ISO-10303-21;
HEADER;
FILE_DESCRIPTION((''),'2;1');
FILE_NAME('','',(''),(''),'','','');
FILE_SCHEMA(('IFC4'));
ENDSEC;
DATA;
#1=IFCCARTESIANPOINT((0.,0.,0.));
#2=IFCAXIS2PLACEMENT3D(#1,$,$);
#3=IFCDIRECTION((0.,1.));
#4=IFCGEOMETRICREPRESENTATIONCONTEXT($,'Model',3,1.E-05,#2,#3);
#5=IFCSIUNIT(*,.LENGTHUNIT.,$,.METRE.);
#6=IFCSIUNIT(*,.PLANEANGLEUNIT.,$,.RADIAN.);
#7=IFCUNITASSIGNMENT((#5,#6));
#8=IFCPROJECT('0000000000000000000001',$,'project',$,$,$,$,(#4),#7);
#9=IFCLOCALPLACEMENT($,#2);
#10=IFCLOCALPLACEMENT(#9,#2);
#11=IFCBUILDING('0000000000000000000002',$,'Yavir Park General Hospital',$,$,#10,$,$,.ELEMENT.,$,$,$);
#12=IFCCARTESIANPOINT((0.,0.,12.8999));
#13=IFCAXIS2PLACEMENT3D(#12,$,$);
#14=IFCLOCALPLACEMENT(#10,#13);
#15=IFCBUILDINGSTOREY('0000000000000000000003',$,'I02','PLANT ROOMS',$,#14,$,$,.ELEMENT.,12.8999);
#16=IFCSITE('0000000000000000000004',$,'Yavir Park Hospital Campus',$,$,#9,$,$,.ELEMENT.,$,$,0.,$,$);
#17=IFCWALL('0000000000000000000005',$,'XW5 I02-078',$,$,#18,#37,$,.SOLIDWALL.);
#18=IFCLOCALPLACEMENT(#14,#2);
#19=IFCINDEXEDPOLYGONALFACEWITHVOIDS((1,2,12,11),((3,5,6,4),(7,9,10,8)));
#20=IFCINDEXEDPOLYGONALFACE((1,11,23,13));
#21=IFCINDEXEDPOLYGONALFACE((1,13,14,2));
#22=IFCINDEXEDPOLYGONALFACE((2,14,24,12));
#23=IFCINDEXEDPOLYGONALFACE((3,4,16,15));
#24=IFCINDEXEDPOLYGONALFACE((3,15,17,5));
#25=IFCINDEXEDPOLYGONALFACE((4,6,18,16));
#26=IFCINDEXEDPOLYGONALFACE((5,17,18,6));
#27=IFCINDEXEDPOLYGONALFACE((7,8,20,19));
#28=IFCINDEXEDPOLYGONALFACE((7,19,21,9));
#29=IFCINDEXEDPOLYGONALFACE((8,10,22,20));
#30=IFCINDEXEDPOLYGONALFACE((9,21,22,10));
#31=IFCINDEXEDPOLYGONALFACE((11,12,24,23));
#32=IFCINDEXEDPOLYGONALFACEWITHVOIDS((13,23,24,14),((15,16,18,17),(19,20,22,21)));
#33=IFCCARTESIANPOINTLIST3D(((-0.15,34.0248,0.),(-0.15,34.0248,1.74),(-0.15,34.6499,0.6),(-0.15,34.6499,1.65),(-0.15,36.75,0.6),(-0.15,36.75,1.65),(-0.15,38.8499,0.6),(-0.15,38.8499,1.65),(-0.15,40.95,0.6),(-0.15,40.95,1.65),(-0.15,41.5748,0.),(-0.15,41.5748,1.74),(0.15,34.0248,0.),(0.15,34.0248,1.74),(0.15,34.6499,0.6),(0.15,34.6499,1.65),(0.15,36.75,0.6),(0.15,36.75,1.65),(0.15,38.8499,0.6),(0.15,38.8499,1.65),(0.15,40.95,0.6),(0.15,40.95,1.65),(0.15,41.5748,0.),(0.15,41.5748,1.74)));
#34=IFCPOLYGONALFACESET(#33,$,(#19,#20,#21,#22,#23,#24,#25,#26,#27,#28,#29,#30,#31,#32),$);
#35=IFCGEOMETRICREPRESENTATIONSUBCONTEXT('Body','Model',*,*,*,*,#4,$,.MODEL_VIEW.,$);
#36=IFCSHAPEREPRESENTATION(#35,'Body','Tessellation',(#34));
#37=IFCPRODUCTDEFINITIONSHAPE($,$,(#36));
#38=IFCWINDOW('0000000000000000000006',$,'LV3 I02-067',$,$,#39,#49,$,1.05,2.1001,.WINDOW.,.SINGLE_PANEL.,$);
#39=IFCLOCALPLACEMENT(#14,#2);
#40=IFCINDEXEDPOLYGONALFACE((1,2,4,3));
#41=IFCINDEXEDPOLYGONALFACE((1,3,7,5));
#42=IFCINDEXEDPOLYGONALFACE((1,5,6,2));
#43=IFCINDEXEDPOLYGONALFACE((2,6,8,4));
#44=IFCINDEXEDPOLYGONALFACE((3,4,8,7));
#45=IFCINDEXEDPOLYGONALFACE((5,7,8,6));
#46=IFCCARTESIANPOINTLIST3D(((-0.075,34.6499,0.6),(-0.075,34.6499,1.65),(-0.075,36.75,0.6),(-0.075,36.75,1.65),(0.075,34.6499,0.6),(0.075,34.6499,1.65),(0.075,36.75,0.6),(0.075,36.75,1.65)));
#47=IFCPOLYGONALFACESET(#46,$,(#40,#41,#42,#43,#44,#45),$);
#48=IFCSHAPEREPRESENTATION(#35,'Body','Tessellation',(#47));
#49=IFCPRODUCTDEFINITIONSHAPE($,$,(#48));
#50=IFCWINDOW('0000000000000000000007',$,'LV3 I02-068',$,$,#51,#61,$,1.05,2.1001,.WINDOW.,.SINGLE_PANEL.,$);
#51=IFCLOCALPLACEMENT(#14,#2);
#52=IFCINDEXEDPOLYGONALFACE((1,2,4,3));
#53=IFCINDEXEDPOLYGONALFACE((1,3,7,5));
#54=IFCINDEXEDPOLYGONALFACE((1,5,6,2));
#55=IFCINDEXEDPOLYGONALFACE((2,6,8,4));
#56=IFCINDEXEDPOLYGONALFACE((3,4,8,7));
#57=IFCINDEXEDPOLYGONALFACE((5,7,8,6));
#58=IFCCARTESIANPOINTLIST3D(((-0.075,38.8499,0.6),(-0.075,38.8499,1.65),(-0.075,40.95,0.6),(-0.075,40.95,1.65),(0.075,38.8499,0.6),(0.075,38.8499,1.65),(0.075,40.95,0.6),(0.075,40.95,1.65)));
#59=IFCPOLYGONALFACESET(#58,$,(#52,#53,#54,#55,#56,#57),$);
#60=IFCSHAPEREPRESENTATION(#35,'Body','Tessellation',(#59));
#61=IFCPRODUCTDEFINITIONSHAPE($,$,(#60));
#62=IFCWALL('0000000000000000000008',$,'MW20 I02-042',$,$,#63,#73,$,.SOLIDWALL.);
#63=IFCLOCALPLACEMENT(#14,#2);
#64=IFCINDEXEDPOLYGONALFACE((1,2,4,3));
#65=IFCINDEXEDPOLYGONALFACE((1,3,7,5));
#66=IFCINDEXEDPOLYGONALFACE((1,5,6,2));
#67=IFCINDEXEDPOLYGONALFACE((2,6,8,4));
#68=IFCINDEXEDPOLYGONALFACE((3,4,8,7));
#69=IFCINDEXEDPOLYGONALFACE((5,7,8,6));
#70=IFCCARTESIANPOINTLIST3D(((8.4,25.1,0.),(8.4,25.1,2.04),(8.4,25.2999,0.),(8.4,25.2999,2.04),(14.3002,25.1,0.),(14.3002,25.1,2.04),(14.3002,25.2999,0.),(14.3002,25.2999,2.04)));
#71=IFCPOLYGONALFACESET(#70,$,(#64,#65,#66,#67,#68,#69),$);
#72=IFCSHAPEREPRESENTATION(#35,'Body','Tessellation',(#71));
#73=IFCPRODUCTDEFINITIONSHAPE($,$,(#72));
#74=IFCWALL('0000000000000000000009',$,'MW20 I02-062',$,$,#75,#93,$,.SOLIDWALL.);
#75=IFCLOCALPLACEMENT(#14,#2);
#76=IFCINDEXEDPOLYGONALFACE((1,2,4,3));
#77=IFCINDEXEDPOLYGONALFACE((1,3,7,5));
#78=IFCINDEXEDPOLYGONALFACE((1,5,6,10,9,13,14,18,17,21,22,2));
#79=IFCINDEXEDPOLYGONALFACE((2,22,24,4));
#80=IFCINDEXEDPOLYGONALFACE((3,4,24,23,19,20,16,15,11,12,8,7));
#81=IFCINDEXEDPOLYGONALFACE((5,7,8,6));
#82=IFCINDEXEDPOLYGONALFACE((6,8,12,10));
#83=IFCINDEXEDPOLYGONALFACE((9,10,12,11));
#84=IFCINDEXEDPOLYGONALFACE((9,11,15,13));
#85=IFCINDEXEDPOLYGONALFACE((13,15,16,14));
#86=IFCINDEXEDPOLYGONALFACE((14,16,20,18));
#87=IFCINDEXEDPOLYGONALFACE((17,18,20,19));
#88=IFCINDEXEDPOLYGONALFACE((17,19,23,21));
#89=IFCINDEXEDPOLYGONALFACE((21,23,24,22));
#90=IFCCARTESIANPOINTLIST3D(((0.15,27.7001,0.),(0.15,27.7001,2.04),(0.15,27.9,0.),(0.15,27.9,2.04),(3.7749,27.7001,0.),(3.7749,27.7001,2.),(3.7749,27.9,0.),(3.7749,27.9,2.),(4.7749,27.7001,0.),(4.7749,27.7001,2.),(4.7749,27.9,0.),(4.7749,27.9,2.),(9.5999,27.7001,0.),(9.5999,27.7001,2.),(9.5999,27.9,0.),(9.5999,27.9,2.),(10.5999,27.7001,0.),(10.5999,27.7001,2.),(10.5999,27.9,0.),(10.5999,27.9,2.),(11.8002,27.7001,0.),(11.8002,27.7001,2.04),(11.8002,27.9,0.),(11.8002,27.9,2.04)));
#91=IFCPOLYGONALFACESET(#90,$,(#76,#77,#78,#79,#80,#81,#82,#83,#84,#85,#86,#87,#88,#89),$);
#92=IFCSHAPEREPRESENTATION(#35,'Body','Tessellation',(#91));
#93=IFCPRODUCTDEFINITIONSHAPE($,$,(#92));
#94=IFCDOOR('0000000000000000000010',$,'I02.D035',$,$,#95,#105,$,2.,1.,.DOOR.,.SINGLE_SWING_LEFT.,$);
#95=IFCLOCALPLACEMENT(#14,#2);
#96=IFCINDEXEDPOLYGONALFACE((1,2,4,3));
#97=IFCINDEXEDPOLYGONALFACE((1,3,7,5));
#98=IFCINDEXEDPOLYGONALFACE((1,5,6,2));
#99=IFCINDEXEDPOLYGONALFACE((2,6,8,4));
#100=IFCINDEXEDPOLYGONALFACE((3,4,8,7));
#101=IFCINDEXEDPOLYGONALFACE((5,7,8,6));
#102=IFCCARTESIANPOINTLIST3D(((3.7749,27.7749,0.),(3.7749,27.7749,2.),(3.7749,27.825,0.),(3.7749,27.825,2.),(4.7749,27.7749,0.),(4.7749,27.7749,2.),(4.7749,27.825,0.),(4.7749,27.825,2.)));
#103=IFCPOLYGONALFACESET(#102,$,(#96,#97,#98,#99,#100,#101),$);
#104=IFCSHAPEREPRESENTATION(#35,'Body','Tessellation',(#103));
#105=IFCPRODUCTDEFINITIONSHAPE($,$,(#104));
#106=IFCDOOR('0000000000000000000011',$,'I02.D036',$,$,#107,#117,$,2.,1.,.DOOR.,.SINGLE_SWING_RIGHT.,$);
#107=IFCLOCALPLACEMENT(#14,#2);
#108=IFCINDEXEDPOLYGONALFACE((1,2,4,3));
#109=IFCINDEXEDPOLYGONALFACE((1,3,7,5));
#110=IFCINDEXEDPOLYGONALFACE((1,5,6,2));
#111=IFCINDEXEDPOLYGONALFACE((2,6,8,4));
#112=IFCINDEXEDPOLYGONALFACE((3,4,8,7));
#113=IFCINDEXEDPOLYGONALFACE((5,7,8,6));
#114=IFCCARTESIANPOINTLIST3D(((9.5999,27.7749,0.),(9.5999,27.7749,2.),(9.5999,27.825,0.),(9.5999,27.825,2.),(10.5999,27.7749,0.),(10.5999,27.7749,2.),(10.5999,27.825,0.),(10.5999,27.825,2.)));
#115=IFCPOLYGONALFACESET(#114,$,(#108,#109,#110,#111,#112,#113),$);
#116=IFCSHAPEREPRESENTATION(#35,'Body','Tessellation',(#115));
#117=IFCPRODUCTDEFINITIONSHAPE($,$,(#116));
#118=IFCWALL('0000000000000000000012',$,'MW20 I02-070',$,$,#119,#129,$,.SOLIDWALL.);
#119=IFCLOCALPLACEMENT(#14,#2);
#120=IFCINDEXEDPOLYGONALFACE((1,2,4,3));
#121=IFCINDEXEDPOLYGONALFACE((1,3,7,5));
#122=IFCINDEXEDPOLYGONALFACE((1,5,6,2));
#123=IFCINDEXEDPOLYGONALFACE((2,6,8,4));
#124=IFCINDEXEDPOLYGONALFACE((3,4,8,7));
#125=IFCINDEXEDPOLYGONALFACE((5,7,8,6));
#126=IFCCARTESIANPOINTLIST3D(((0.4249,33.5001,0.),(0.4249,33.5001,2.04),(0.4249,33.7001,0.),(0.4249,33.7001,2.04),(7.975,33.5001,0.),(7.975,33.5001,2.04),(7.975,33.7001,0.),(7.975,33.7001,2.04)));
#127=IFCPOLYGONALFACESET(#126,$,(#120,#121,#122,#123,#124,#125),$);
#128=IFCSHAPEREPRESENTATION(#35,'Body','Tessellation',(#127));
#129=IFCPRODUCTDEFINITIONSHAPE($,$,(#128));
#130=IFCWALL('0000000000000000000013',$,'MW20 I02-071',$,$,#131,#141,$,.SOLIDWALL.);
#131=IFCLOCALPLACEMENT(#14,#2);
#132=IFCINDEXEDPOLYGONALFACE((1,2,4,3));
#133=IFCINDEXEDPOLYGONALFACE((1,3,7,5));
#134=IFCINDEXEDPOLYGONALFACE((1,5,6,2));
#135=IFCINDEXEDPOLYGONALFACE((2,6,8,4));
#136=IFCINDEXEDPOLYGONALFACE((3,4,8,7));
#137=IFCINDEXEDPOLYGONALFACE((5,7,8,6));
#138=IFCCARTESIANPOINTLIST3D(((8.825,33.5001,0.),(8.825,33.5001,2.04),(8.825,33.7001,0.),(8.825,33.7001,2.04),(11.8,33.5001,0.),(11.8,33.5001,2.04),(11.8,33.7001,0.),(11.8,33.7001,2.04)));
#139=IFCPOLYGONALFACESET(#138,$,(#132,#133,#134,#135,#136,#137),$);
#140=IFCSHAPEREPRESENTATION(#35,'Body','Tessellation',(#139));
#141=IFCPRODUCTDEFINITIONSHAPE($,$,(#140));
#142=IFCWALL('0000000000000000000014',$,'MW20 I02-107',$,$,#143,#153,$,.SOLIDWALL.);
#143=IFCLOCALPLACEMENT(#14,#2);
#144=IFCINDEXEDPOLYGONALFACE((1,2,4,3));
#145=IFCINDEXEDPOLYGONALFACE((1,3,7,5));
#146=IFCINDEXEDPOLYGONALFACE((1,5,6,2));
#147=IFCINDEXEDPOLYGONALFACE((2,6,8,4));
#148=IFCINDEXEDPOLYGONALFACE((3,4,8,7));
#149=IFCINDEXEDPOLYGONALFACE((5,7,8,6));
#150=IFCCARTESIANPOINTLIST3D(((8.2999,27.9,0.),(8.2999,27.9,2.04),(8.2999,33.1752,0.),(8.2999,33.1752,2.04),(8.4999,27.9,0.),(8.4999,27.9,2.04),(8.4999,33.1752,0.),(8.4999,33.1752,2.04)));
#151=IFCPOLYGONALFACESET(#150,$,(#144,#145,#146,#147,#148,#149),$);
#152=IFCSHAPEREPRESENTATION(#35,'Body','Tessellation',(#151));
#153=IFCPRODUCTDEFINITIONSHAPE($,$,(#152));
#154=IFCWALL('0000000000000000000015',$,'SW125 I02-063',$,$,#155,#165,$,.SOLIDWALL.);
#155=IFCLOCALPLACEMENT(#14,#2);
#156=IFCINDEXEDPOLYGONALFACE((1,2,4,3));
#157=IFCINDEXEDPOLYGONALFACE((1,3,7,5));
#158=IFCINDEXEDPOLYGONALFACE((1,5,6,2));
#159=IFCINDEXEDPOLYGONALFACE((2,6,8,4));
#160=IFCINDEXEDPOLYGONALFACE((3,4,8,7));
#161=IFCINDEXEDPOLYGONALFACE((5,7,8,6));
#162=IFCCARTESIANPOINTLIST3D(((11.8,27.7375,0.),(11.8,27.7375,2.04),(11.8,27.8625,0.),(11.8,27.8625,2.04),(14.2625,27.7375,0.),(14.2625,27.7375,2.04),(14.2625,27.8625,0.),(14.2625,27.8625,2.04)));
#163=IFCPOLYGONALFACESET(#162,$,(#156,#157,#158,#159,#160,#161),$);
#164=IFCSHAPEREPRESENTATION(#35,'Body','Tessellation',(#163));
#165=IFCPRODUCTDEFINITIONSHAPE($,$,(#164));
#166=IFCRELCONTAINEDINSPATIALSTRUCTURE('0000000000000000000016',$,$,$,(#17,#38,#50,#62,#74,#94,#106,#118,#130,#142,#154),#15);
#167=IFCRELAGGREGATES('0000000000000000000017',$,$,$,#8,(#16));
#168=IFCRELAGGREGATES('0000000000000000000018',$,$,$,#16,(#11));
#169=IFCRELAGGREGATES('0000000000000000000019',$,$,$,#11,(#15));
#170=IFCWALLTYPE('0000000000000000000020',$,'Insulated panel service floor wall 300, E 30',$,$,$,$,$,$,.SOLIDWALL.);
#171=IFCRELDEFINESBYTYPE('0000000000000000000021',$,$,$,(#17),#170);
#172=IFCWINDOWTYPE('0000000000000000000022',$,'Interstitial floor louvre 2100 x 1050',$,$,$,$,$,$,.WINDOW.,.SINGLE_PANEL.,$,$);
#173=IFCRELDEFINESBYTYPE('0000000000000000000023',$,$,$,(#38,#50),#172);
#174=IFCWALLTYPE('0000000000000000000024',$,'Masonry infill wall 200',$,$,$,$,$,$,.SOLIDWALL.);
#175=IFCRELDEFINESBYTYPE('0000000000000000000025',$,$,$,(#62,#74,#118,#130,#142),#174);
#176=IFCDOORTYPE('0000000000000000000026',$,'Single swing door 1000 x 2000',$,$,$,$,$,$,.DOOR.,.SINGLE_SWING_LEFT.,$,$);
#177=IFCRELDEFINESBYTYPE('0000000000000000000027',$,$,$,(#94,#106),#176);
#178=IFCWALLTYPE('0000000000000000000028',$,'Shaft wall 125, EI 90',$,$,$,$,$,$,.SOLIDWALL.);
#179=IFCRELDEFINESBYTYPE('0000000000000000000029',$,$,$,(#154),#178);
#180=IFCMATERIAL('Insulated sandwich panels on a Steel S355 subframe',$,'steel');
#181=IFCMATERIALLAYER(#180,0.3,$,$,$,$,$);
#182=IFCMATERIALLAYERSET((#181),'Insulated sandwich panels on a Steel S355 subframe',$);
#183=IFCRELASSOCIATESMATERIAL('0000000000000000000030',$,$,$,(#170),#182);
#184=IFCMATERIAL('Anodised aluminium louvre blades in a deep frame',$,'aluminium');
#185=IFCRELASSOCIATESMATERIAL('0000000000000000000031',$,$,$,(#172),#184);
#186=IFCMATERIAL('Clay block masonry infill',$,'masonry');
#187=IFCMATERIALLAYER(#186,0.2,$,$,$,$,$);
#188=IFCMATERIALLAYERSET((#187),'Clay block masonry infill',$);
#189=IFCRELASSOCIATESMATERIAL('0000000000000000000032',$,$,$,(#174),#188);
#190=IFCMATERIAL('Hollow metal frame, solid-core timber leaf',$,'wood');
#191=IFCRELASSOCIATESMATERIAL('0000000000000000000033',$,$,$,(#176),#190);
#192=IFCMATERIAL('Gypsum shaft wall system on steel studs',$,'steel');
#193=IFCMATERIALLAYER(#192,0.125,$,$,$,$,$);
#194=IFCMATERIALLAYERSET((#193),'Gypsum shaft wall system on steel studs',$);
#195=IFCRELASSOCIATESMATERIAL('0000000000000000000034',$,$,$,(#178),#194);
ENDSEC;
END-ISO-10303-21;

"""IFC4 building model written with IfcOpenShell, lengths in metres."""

from ifc_helpers import new_model, si_unit, direction, frame, frame_2d, origin, place, context, subcontext, project, spatial, rectangle, extrude, material, layer, layer_set, type_object, element, fill, save


model = new_model("IFC4")

# Units and contexts
model_context = context("Model", 3, precision=1e-05, world=origin(), true_north=direction((0.0, 1.0)))
body_context = subcontext(model_context, "Body", "Model", "MODEL_VIEW")
ifc_project = project(units=[si_unit("LENGTHUNIT", "METRE"), si_unit("PLANEANGLEUNIT", "RADIAN")], contexts=[model_context])

# Site, building, storey
site_placement = place(None, origin())
site = spatial("IfcSite", under=ifc_project, at=site_placement, Name="Yavir Park Hospital Campus", CompositionType="ELEMENT", RefElevation=0.0)
building_placement = place(site_placement, origin())
building = spatial("IfcBuilding", under=site, at=building_placement, Name="Yavir Park General Hospital", CompositionType="ELEMENT")
storey_placement = place(building_placement, frame((0.0, 0.0, 12.8999)))
storey = spatial("IfcBuildingStorey", under=building, at=storey_placement, Name="I02", Description="PLANT ROOMS", CompositionType="ELEMENT", Elevation=12.8999)

# Shared definitions
ifc_material_1 = material(Name="Insulated sandwich panels on a Steel S355 subframe", Category="steel")
ifc_layer_1 = layer(ifc_material_1, 0.3)
ifc_layer_set_1 = layer_set([ifc_layer_1], Name="Insulated sandwich panels on a Steel S355 subframe")
wall_type_1 = type_object("IfcWallType", Name="Insulated panel service floor wall 300, E 30", PredefinedType="SOLIDWALL", material=ifc_layer_set_1)
ifc_material_2 = material(Name="Anodised aluminium louvre blades in a deep frame", Category="aluminium")
window_type = type_object("IfcWindowType", Name="Interstitial floor louvre 2100 x 1050", PartitioningType="SINGLE_PANEL", PredefinedType="WINDOW", material=ifc_material_2)

# Wall, openings, windows
wall_1_placement = place(storey_placement, frame((0.0, 34.0249, 0.0), z_axis=(0.0, 0.0, 1.0), x_axis=(0.0, 1.0, 0.0)))
wall_1 = element("IfcWall", 1, at=wall_1_placement, inside=storey, type_object=wall_type_1, Name="XW5 I02-078", PredefinedType="SOLIDWALL", context=body_context, shape_type="SweptSolid", body=[
    extrude(rectangle(XDim=7.55, YDim=0.3, at=frame_2d((3.7749, 0.0))), origin(), (0.0, 0.0, 1.0), 1.74),
])
opening_1_placement = place(wall_1_placement, frame((0.625, 0.0, 0.6001)))
opening_1 = element("IfcOpeningElement", 2, at=opening_1_placement, cuts=wall_1, PredefinedType="OPENING", context=body_context, shape_type="SweptSolid", body=[
    extrude(rectangle(XDim=2.1001, YDim=1.05, at=frame_2d((1.05, 0.5249))), frame((0.0, 0.1599, 0.0), z_axis=(0.0, -1.0, 0.0), x_axis=(1.0, 0.0, 0.0)), (0.0, 0.0, 1.0), 0.3201),
])
opening_2_placement = place(wall_1_placement, frame((4.825, 0.0, 0.6001)))
opening_2 = element("IfcOpeningElement", 3, at=opening_2_placement, cuts=wall_1, PredefinedType="OPENING", context=body_context, shape_type="SweptSolid", body=[
    extrude(rectangle(XDim=2.1001, YDim=1.05, at=frame_2d((1.05, 0.5249))), frame((0.0, 0.1599, 0.0), z_axis=(0.0, -1.0, 0.0), x_axis=(1.0, 0.0, 0.0)), (0.0, 0.0, 1.0), 0.3201),
])
window_1_placement = place(opening_1_placement, origin())
window_1 = element("IfcWindow", 4, at=window_1_placement, inside=storey, type_object=window_type, Name="LV3 I02-067", OverallHeight=1.05, OverallWidth=2.1001, PartitioningType="SINGLE_PANEL", PredefinedType="WINDOW", context=body_context, shape_type="SweptSolid", body=[
    extrude(rectangle(XDim=2.1001, YDim=1.05, at=frame_2d((1.05, 0.5249))), frame((0.0, 0.075, 0.0), z_axis=(0.0, -1.0, 0.0), x_axis=(1.0, 0.0, 0.0)), (0.0, 0.0, 1.0), 0.1499),
])
fill(opening_1, window_1)
window_2_placement = place(opening_2_placement, origin())
window_2 = element("IfcWindow", 5, at=window_2_placement, inside=storey, type_object=window_type, Name="LV3 I02-068", OverallHeight=1.05, OverallWidth=2.1001, PartitioningType="SINGLE_PANEL", PredefinedType="WINDOW", context=body_context, shape_type="SweptSolid", body=[
    extrude(rectangle(XDim=2.1001, YDim=1.05, at=frame_2d((1.05, 0.5249))), frame((0.0, 0.075, 0.0), z_axis=(0.0, -1.0, 0.0), x_axis=(1.0, 0.0, 0.0)), (0.0, 0.0, 1.0), 0.1499),
])
fill(opening_2, window_2)

# Wall
ifc_material_3 = material(Name="Clay block masonry infill", Category="masonry")
ifc_layer_2 = layer(ifc_material_3, 0.2)
ifc_layer_set_2 = layer_set([ifc_layer_2], Name="Clay block masonry infill")
wall_type_2 = type_object("IfcWallType", Name="Masonry infill wall 200", PredefinedType="SOLIDWALL", material=ifc_layer_set_2)
wall_2_placement = place(storey_placement, frame((8.3999, 25.2, 0.0), z_axis=(0.0, 0.0, 1.0), x_axis=(1.0, 0.0, 0.0)))
element("IfcWall", 6, at=wall_2_placement, inside=storey, type_object=wall_type_2, Name="MW20 I02-042", PredefinedType="SOLIDWALL", context=body_context, shape_type="SweptSolid", body=[
    extrude(rectangle(XDim=5.9001, YDim=0.2, at=frame_2d((2.9502, 0.0))), origin(), (0.0, 0.0, 1.0), 2.04),
])

# Wall, openings, doors
wall_3_placement = place(storey_placement, frame((0.1499, 27.8, 0.0), z_axis=(0.0, 0.0, 1.0), x_axis=(1.0, 0.0, 0.0)))
wall_3 = element("IfcWall", 7, at=wall_3_placement, inside=storey, type_object=wall_type_2, Name="MW20 I02-062", PredefinedType="SOLIDWALL", context=body_context, shape_type="SweptSolid", body=[
    extrude(rectangle(XDim=11.6501, YDim=0.2, at=frame_2d((5.8252, 0.0))), origin(), (0.0, 0.0, 1.0), 2.04),
])
opening_3_placement = place(wall_3_placement, frame((3.625, 0.0, 0.0)))
opening_3 = element("IfcOpeningElement", 8, at=opening_3_placement, cuts=wall_3, PredefinedType="OPENING", context=body_context, shape_type="SweptSolid", body=[
    extrude(rectangle(XDim=1.0, YDim=2.0, at=frame_2d((0.5, 1.0))), frame((0.0, 0.1099, 0.0), z_axis=(0.0, -1.0, 0.0), x_axis=(1.0, 0.0, 0.0)), (0.0, 0.0, 1.0), 0.22),
])
opening_4_placement = place(wall_3_placement, frame((9.45, 0.0, 0.0)))
opening_4 = element("IfcOpeningElement", 9, at=opening_4_placement, cuts=wall_3, PredefinedType="OPENING", context=body_context, shape_type="SweptSolid", body=[
    extrude(rectangle(XDim=1.0, YDim=2.0, at=frame_2d((0.5, 1.0))), frame((0.0, 0.1099, 0.0), z_axis=(0.0, -1.0, 0.0), x_axis=(1.0, 0.0, 0.0)), (0.0, 0.0, 1.0), 0.22),
])
ifc_material_4 = material(Name="Hollow metal frame, solid-core timber leaf", Category="wood")
door_type_1 = type_object("IfcDoorType", Name="Single swing door 1000 x 2000", OperationType="SINGLE_SWING_LEFT", PredefinedType="DOOR", material=ifc_material_4)
door_1_placement = place(opening_3_placement, origin())
door_1 = element("IfcDoor", 10, at=door_1_placement, inside=storey, type_object=door_type_1, Name="I02.D035", OperationType="SINGLE_SWING_LEFT", OverallHeight=2.0, OverallWidth=1.0, PredefinedType="DOOR", context=body_context, shape_type="SweptSolid", body=[
    extrude(rectangle(XDim=1.0, YDim=2.0, at=frame_2d((0.5, 1.0))), frame((0.0, 0.0249, 0.0), z_axis=(0.0, -1.0, 0.0), x_axis=(1.0, 0.0, 0.0)), (0.0, 0.0, 1.0), 0.05),
])
fill(opening_3, door_1)
door_2_placement = place(opening_4_placement, origin())
door_2 = element("IfcDoor", 11, at=door_2_placement, inside=storey, type_object=door_type_1, Name="I02.D036", OperationType="SINGLE_SWING_RIGHT", OverallHeight=2.0, OverallWidth=1.0, PredefinedType="DOOR", context=body_context, shape_type="SweptSolid", body=[
    extrude(rectangle(XDim=1.0, YDim=2.0, at=frame_2d((0.5, 1.0))), frame((0.0, 0.0249, 0.0), z_axis=(0.0, -1.0, 0.0), x_axis=(1.0, 0.0, 0.0)), (0.0, 0.0, 1.0), 0.05),
])
fill(opening_4, door_2)

# Walls
wall_4_placement = place(storey_placement, frame((0.425, 33.6001, 0.0), z_axis=(0.0, 0.0, 1.0), x_axis=(1.0, 0.0, 0.0)))
element("IfcWall", 12, at=wall_4_placement, inside=storey, type_object=wall_type_2, Name="MW20 I02-070", PredefinedType="SOLIDWALL", context=body_context, shape_type="SweptSolid", body=[
    extrude(rectangle(XDim=7.55, YDim=0.2, at=frame_2d((3.7749, 0.0))), origin(), (0.0, 0.0, 1.0), 2.04),
])
wall_5_placement = place(storey_placement, frame((8.825, 33.6001, 0.0), z_axis=(0.0, 0.0, 1.0), x_axis=(1.0, 0.0, 0.0)))
element("IfcWall", 13, at=wall_5_placement, inside=storey, type_object=wall_type_2, Name="MW20 I02-071", PredefinedType="SOLIDWALL", context=body_context, shape_type="SweptSolid", body=[
    extrude(rectangle(XDim=2.9751, YDim=0.2, at=frame_2d((1.4875, 0.0))), origin(), (0.0, 0.0, 1.0), 2.04),
])
wall_6_placement = place(storey_placement, frame((8.3999, 27.8999, 0.0), z_axis=(0.0, 0.0, 1.0), x_axis=(0.0, 1.0, 0.0)))
element("IfcWall", 14, at=wall_6_placement, inside=storey, type_object=wall_type_2, Name="MW20 I02-107", PredefinedType="SOLIDWALL", context=body_context, shape_type="SweptSolid", body=[
    extrude(rectangle(XDim=5.2751, YDim=0.2, at=frame_2d((2.6377, 0.0))), origin(), (0.0, 0.0, 1.0), 2.04),
])
ifc_material_5 = material(Name="Gypsum shaft wall system on steel studs", Category="steel")
ifc_layer_3 = layer(ifc_material_5, 0.125)
ifc_layer_set_3 = layer_set([ifc_layer_3], Name="Gypsum shaft wall system on steel studs")
wall_type_3 = type_object("IfcWallType", Name="Shaft wall 125, EI 90", PredefinedType="SOLIDWALL", material=ifc_layer_set_3)
wall_7_placement = place(storey_placement, frame((11.8, 27.8, 0.0), z_axis=(0.0, 0.0, 1.0), x_axis=(1.0, 0.0, 0.0)))
element("IfcWall", 15, at=wall_7_placement, inside=storey, type_object=wall_type_3, Name="SW125 I02-063", PredefinedType="SOLIDWALL", context=body_context, shape_type="SweptSolid", body=[
    extrude(rectangle(XDim=2.4624, YDim=0.125, at=frame_2d((1.2312, 0.0))), origin(), (0.0, 0.0, 1.0), 2.04),
])

save(model, "model.ifc")
